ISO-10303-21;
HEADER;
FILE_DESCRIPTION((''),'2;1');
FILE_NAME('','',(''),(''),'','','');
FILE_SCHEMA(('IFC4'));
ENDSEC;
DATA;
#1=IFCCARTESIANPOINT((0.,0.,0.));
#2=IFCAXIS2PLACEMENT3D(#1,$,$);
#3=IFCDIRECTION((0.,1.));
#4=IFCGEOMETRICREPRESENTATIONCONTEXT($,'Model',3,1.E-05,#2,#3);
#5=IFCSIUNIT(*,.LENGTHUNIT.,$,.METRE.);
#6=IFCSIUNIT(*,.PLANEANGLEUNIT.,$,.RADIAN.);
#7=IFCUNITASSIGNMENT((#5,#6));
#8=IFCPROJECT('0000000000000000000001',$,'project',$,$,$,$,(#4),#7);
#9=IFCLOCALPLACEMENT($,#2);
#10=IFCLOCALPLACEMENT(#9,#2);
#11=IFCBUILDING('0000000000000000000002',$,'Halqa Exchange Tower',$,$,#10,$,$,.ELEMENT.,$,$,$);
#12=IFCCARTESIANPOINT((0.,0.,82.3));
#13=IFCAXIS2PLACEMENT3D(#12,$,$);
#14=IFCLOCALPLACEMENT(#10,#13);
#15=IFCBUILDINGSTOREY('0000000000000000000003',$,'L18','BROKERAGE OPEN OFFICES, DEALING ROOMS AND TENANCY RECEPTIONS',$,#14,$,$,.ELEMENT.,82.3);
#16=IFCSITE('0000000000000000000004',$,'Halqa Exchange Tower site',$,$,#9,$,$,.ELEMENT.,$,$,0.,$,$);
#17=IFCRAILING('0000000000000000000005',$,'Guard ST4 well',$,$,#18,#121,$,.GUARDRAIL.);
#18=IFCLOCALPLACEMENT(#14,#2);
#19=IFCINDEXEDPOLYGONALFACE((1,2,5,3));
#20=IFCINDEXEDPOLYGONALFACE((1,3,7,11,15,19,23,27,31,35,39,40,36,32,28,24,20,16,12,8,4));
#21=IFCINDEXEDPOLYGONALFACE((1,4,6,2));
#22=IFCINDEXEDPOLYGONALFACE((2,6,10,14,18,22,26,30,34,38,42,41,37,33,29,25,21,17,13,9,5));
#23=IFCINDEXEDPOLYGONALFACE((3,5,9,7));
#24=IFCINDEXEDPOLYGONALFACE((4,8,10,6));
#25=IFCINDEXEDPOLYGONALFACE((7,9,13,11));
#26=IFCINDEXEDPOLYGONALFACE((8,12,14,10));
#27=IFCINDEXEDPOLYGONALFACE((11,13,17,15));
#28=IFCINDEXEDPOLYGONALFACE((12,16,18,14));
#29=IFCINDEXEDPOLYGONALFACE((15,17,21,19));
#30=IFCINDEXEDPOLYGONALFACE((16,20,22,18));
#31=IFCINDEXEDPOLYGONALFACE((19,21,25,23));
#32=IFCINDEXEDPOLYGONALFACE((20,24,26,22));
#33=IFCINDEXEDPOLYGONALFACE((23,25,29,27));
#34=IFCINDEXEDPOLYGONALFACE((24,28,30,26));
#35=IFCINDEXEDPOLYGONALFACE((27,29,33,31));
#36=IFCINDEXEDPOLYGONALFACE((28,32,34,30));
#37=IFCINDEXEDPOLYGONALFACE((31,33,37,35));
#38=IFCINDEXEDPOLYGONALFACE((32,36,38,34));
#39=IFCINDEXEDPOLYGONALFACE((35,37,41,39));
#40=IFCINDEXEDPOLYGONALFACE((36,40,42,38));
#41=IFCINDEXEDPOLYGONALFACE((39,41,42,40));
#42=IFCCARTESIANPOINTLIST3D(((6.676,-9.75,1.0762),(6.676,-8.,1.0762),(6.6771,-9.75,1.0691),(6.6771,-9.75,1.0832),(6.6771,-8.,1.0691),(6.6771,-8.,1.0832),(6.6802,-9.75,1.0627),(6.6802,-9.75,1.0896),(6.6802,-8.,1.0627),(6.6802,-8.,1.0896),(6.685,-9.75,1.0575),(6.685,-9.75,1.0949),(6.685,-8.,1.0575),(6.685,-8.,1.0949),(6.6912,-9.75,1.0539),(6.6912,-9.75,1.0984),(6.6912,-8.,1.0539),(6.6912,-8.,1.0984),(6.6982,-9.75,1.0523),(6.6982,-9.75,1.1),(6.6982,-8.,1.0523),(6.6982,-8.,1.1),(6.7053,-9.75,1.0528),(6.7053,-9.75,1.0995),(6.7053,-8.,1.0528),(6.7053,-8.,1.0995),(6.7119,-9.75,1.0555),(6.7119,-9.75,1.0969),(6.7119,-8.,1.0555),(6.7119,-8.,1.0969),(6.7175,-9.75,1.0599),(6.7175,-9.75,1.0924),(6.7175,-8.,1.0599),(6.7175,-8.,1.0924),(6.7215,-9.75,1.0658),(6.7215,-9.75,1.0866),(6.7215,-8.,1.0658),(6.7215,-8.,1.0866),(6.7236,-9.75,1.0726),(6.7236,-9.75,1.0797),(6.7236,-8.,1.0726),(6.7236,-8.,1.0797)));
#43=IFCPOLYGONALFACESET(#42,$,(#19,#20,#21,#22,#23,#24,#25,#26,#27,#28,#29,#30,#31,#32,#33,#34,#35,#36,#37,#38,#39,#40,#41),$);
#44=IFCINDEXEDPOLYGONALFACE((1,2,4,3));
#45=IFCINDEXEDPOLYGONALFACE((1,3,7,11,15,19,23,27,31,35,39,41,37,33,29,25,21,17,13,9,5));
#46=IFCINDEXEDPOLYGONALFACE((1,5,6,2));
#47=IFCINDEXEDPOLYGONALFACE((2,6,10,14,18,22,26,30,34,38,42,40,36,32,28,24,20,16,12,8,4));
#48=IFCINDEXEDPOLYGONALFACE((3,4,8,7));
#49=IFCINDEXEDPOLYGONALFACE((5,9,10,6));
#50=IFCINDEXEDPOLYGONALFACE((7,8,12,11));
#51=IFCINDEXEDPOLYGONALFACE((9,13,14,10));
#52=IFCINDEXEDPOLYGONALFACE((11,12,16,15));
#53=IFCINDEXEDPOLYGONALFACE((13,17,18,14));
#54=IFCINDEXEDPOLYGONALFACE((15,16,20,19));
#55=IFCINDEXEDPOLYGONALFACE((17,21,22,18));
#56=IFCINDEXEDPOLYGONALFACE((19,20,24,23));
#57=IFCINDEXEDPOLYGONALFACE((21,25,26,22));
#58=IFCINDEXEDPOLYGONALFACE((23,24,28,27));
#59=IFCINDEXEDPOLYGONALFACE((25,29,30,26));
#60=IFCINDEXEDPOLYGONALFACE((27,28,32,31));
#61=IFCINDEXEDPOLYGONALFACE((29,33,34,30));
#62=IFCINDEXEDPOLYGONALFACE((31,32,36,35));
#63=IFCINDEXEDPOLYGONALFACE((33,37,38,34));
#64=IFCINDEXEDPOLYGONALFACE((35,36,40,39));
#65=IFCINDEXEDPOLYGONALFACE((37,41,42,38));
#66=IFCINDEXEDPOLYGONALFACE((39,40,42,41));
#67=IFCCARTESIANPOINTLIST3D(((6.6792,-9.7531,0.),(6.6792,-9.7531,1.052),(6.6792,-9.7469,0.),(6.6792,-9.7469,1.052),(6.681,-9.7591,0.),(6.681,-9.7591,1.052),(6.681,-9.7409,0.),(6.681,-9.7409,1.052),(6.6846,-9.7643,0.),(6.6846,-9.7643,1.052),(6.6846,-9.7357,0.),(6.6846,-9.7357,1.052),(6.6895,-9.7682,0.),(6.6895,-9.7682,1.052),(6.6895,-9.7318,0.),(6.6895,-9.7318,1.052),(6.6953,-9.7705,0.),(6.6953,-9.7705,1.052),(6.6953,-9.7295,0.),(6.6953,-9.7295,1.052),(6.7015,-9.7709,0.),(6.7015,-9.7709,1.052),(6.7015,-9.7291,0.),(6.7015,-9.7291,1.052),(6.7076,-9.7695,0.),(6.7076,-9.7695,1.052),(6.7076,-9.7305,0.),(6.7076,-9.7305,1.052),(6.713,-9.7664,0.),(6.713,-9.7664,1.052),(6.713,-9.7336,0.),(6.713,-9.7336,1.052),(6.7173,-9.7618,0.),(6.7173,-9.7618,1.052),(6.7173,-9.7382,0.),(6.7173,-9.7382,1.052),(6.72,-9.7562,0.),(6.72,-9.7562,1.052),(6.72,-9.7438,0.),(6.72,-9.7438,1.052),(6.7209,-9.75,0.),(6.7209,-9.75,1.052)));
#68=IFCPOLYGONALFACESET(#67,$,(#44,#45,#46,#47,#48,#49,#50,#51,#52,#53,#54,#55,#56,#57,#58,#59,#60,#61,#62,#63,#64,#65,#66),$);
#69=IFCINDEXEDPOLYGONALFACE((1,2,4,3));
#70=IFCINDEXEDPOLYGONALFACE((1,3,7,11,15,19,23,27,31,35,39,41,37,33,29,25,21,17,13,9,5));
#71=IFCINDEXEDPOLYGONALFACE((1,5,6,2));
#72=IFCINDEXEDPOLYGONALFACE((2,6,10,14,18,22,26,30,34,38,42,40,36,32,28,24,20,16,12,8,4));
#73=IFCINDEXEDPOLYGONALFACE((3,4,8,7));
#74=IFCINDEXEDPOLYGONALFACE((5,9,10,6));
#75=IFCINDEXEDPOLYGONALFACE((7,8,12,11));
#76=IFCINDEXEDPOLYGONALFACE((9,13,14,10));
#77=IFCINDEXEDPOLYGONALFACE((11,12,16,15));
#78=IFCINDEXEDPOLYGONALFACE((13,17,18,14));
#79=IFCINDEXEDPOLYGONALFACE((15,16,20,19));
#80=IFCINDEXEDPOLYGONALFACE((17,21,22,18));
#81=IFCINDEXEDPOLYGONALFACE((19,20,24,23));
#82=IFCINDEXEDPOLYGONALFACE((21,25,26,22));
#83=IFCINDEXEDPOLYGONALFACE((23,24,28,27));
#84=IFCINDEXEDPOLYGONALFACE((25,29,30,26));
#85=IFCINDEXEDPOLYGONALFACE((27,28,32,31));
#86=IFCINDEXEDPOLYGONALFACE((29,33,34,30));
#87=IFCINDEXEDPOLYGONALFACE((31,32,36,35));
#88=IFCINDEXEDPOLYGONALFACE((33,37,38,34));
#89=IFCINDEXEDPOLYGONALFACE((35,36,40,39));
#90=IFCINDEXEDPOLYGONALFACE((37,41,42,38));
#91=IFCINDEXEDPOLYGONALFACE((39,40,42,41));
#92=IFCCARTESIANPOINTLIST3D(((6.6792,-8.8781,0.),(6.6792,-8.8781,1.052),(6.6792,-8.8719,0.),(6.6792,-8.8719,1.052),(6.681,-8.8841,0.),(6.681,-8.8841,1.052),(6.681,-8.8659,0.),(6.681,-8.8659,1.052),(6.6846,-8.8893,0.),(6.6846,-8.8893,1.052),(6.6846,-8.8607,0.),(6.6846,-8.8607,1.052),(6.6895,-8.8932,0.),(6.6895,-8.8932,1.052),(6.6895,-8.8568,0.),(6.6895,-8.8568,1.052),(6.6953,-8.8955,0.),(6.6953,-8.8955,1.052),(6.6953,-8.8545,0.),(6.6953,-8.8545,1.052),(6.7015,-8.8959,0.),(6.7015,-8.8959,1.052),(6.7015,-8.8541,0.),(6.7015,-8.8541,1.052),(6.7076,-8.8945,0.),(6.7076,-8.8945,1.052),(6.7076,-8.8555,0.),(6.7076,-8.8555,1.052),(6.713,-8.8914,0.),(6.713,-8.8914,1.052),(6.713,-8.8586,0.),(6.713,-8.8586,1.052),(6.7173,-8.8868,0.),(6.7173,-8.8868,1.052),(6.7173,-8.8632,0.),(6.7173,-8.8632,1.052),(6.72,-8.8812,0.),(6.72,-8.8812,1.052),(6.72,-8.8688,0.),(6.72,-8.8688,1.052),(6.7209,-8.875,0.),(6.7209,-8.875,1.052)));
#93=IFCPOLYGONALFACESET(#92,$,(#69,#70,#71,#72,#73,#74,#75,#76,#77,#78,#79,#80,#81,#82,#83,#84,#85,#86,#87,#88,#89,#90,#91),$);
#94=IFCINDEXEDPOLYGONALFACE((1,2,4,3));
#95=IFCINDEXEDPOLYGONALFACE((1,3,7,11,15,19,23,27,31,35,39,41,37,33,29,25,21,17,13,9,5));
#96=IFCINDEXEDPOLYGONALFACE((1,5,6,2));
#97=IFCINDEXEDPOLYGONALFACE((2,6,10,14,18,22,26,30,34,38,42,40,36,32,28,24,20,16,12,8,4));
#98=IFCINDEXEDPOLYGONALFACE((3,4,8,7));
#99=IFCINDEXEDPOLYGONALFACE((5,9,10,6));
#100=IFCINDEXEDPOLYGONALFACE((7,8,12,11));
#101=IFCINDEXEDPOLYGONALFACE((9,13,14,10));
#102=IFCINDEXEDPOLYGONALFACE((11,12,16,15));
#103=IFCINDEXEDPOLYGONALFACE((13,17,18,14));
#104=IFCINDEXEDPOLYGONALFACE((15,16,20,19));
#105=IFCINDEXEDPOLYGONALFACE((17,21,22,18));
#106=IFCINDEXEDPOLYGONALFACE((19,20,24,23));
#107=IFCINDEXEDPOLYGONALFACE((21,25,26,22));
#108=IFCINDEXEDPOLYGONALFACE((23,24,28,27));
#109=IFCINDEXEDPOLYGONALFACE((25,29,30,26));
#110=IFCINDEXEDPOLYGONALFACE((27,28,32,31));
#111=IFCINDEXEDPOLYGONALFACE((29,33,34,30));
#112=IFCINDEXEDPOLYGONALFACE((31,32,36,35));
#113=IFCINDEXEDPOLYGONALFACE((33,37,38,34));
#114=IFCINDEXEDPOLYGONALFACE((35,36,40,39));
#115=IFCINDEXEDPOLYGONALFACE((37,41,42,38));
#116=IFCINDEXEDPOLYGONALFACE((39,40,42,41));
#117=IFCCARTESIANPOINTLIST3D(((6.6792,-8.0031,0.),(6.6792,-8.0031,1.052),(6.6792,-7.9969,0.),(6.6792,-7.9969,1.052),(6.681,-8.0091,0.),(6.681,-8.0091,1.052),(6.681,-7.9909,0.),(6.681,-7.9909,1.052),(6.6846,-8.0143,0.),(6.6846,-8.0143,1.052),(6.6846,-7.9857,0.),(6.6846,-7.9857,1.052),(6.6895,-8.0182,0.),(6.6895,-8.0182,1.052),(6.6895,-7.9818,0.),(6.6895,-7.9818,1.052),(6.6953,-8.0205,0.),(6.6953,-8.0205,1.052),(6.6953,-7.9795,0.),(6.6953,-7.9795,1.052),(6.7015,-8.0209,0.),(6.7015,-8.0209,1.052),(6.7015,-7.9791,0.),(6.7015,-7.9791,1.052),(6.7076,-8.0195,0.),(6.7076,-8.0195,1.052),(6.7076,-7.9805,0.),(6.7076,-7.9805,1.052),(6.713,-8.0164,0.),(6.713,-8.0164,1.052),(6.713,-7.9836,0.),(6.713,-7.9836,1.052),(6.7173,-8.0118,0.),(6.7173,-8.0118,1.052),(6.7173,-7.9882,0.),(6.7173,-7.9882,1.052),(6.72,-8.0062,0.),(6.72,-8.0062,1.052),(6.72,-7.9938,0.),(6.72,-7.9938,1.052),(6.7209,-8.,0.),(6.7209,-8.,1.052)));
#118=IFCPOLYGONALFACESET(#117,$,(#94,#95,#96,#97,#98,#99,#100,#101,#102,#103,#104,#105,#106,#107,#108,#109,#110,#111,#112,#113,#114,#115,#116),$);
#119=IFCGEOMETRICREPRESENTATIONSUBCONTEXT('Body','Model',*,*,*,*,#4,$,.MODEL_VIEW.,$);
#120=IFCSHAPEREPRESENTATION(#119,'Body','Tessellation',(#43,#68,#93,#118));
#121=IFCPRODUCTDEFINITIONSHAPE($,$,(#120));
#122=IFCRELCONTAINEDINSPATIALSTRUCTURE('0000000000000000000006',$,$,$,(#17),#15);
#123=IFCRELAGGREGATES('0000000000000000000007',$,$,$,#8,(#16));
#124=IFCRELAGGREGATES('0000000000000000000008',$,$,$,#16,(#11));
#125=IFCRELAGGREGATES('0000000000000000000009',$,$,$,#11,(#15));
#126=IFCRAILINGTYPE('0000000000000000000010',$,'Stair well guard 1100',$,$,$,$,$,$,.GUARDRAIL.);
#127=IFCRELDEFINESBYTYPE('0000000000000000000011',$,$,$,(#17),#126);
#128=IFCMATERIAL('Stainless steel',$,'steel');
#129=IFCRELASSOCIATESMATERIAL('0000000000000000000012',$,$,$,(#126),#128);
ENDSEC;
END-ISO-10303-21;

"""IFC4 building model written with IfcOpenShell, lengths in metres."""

from ifc_helpers import new_model, si_unit, direction, frame, origin, origin_2d, place, context, subcontext, project, spatial, circle, extrude, material, type_object, element, save


model = new_model("IFC4")

# Units and contexts
model_context = context("Model", 3, precision=1e-05, world=origin(), true_north=direction((0.0, 1.0)))
body_context = subcontext(model_context, "Body", "Model", "MODEL_VIEW")
ifc_project = project(units=[si_unit("LENGTHUNIT", "METRE"), si_unit("PLANEANGLEUNIT", "RADIAN")], contexts=[model_context])

# Site, building, storey
site_placement = place(None, origin())
site = spatial("IfcSite", under=ifc_project, at=site_placement, Name="Halqa Exchange Tower site", CompositionType="ELEMENT", RefElevation=0.0)
building_placement = place(site_placement, origin())
building = spatial("IfcBuilding", under=site, at=building_placement, Name="Halqa Exchange Tower", CompositionType="ELEMENT")
storey_placement = place(building_placement, frame((0.0, 0.0, 82.3)))
storey = spatial("IfcBuildingStorey", under=building, at=storey_placement, Name="L18", Description="BROKERAGE OPEN OFFICES, DEALING ROOMS AND TENANCY RECEPTIONS", CompositionType="ELEMENT", Elevation=82.3)

# Railing
ifc_material_1 = material(Name="Stainless steel", Category="steel")
railing_type_1 = type_object("IfcRailingType", Name="Stair well guard 1100", PredefinedType="GUARDRAIL", material=ifc_material_1)
railing_1_placement = place(storey_placement, frame((6.7, -9.75, 0.0)))
element("IfcRailing", 1, at=railing_1_placement, inside=storey, type_object=railing_type_1, Name="Guard ST4 well", PredefinedType="GUARDRAIL", context=body_context, shape_type="SweptSolid", body=[
    extrude(circle(Radius=0.0239, at=origin_2d()), frame((0.0, 0.0, 1.0762), z_axis=(0.0, 1.0, 0.0), x_axis=(-1.0, 0.0, 0.0)), (0.0, 0.0, 1.0), 1.75),
    extrude(circle(Radius=0.021, at=origin_2d()), origin(), (0.0, 0.0, 1.0), 1.052),
    extrude(circle(Radius=0.021, at=origin_2d()), frame((0.0, 0.875, 0.0)), (0.0, 0.0, 1.0), 1.052),
    extrude(circle(Radius=0.021, at=origin_2d()), frame((0.0, 1.75, 0.0)), (0.0, 0.0, 1.0), 1.052),
])

save(model, "model.ifc")
